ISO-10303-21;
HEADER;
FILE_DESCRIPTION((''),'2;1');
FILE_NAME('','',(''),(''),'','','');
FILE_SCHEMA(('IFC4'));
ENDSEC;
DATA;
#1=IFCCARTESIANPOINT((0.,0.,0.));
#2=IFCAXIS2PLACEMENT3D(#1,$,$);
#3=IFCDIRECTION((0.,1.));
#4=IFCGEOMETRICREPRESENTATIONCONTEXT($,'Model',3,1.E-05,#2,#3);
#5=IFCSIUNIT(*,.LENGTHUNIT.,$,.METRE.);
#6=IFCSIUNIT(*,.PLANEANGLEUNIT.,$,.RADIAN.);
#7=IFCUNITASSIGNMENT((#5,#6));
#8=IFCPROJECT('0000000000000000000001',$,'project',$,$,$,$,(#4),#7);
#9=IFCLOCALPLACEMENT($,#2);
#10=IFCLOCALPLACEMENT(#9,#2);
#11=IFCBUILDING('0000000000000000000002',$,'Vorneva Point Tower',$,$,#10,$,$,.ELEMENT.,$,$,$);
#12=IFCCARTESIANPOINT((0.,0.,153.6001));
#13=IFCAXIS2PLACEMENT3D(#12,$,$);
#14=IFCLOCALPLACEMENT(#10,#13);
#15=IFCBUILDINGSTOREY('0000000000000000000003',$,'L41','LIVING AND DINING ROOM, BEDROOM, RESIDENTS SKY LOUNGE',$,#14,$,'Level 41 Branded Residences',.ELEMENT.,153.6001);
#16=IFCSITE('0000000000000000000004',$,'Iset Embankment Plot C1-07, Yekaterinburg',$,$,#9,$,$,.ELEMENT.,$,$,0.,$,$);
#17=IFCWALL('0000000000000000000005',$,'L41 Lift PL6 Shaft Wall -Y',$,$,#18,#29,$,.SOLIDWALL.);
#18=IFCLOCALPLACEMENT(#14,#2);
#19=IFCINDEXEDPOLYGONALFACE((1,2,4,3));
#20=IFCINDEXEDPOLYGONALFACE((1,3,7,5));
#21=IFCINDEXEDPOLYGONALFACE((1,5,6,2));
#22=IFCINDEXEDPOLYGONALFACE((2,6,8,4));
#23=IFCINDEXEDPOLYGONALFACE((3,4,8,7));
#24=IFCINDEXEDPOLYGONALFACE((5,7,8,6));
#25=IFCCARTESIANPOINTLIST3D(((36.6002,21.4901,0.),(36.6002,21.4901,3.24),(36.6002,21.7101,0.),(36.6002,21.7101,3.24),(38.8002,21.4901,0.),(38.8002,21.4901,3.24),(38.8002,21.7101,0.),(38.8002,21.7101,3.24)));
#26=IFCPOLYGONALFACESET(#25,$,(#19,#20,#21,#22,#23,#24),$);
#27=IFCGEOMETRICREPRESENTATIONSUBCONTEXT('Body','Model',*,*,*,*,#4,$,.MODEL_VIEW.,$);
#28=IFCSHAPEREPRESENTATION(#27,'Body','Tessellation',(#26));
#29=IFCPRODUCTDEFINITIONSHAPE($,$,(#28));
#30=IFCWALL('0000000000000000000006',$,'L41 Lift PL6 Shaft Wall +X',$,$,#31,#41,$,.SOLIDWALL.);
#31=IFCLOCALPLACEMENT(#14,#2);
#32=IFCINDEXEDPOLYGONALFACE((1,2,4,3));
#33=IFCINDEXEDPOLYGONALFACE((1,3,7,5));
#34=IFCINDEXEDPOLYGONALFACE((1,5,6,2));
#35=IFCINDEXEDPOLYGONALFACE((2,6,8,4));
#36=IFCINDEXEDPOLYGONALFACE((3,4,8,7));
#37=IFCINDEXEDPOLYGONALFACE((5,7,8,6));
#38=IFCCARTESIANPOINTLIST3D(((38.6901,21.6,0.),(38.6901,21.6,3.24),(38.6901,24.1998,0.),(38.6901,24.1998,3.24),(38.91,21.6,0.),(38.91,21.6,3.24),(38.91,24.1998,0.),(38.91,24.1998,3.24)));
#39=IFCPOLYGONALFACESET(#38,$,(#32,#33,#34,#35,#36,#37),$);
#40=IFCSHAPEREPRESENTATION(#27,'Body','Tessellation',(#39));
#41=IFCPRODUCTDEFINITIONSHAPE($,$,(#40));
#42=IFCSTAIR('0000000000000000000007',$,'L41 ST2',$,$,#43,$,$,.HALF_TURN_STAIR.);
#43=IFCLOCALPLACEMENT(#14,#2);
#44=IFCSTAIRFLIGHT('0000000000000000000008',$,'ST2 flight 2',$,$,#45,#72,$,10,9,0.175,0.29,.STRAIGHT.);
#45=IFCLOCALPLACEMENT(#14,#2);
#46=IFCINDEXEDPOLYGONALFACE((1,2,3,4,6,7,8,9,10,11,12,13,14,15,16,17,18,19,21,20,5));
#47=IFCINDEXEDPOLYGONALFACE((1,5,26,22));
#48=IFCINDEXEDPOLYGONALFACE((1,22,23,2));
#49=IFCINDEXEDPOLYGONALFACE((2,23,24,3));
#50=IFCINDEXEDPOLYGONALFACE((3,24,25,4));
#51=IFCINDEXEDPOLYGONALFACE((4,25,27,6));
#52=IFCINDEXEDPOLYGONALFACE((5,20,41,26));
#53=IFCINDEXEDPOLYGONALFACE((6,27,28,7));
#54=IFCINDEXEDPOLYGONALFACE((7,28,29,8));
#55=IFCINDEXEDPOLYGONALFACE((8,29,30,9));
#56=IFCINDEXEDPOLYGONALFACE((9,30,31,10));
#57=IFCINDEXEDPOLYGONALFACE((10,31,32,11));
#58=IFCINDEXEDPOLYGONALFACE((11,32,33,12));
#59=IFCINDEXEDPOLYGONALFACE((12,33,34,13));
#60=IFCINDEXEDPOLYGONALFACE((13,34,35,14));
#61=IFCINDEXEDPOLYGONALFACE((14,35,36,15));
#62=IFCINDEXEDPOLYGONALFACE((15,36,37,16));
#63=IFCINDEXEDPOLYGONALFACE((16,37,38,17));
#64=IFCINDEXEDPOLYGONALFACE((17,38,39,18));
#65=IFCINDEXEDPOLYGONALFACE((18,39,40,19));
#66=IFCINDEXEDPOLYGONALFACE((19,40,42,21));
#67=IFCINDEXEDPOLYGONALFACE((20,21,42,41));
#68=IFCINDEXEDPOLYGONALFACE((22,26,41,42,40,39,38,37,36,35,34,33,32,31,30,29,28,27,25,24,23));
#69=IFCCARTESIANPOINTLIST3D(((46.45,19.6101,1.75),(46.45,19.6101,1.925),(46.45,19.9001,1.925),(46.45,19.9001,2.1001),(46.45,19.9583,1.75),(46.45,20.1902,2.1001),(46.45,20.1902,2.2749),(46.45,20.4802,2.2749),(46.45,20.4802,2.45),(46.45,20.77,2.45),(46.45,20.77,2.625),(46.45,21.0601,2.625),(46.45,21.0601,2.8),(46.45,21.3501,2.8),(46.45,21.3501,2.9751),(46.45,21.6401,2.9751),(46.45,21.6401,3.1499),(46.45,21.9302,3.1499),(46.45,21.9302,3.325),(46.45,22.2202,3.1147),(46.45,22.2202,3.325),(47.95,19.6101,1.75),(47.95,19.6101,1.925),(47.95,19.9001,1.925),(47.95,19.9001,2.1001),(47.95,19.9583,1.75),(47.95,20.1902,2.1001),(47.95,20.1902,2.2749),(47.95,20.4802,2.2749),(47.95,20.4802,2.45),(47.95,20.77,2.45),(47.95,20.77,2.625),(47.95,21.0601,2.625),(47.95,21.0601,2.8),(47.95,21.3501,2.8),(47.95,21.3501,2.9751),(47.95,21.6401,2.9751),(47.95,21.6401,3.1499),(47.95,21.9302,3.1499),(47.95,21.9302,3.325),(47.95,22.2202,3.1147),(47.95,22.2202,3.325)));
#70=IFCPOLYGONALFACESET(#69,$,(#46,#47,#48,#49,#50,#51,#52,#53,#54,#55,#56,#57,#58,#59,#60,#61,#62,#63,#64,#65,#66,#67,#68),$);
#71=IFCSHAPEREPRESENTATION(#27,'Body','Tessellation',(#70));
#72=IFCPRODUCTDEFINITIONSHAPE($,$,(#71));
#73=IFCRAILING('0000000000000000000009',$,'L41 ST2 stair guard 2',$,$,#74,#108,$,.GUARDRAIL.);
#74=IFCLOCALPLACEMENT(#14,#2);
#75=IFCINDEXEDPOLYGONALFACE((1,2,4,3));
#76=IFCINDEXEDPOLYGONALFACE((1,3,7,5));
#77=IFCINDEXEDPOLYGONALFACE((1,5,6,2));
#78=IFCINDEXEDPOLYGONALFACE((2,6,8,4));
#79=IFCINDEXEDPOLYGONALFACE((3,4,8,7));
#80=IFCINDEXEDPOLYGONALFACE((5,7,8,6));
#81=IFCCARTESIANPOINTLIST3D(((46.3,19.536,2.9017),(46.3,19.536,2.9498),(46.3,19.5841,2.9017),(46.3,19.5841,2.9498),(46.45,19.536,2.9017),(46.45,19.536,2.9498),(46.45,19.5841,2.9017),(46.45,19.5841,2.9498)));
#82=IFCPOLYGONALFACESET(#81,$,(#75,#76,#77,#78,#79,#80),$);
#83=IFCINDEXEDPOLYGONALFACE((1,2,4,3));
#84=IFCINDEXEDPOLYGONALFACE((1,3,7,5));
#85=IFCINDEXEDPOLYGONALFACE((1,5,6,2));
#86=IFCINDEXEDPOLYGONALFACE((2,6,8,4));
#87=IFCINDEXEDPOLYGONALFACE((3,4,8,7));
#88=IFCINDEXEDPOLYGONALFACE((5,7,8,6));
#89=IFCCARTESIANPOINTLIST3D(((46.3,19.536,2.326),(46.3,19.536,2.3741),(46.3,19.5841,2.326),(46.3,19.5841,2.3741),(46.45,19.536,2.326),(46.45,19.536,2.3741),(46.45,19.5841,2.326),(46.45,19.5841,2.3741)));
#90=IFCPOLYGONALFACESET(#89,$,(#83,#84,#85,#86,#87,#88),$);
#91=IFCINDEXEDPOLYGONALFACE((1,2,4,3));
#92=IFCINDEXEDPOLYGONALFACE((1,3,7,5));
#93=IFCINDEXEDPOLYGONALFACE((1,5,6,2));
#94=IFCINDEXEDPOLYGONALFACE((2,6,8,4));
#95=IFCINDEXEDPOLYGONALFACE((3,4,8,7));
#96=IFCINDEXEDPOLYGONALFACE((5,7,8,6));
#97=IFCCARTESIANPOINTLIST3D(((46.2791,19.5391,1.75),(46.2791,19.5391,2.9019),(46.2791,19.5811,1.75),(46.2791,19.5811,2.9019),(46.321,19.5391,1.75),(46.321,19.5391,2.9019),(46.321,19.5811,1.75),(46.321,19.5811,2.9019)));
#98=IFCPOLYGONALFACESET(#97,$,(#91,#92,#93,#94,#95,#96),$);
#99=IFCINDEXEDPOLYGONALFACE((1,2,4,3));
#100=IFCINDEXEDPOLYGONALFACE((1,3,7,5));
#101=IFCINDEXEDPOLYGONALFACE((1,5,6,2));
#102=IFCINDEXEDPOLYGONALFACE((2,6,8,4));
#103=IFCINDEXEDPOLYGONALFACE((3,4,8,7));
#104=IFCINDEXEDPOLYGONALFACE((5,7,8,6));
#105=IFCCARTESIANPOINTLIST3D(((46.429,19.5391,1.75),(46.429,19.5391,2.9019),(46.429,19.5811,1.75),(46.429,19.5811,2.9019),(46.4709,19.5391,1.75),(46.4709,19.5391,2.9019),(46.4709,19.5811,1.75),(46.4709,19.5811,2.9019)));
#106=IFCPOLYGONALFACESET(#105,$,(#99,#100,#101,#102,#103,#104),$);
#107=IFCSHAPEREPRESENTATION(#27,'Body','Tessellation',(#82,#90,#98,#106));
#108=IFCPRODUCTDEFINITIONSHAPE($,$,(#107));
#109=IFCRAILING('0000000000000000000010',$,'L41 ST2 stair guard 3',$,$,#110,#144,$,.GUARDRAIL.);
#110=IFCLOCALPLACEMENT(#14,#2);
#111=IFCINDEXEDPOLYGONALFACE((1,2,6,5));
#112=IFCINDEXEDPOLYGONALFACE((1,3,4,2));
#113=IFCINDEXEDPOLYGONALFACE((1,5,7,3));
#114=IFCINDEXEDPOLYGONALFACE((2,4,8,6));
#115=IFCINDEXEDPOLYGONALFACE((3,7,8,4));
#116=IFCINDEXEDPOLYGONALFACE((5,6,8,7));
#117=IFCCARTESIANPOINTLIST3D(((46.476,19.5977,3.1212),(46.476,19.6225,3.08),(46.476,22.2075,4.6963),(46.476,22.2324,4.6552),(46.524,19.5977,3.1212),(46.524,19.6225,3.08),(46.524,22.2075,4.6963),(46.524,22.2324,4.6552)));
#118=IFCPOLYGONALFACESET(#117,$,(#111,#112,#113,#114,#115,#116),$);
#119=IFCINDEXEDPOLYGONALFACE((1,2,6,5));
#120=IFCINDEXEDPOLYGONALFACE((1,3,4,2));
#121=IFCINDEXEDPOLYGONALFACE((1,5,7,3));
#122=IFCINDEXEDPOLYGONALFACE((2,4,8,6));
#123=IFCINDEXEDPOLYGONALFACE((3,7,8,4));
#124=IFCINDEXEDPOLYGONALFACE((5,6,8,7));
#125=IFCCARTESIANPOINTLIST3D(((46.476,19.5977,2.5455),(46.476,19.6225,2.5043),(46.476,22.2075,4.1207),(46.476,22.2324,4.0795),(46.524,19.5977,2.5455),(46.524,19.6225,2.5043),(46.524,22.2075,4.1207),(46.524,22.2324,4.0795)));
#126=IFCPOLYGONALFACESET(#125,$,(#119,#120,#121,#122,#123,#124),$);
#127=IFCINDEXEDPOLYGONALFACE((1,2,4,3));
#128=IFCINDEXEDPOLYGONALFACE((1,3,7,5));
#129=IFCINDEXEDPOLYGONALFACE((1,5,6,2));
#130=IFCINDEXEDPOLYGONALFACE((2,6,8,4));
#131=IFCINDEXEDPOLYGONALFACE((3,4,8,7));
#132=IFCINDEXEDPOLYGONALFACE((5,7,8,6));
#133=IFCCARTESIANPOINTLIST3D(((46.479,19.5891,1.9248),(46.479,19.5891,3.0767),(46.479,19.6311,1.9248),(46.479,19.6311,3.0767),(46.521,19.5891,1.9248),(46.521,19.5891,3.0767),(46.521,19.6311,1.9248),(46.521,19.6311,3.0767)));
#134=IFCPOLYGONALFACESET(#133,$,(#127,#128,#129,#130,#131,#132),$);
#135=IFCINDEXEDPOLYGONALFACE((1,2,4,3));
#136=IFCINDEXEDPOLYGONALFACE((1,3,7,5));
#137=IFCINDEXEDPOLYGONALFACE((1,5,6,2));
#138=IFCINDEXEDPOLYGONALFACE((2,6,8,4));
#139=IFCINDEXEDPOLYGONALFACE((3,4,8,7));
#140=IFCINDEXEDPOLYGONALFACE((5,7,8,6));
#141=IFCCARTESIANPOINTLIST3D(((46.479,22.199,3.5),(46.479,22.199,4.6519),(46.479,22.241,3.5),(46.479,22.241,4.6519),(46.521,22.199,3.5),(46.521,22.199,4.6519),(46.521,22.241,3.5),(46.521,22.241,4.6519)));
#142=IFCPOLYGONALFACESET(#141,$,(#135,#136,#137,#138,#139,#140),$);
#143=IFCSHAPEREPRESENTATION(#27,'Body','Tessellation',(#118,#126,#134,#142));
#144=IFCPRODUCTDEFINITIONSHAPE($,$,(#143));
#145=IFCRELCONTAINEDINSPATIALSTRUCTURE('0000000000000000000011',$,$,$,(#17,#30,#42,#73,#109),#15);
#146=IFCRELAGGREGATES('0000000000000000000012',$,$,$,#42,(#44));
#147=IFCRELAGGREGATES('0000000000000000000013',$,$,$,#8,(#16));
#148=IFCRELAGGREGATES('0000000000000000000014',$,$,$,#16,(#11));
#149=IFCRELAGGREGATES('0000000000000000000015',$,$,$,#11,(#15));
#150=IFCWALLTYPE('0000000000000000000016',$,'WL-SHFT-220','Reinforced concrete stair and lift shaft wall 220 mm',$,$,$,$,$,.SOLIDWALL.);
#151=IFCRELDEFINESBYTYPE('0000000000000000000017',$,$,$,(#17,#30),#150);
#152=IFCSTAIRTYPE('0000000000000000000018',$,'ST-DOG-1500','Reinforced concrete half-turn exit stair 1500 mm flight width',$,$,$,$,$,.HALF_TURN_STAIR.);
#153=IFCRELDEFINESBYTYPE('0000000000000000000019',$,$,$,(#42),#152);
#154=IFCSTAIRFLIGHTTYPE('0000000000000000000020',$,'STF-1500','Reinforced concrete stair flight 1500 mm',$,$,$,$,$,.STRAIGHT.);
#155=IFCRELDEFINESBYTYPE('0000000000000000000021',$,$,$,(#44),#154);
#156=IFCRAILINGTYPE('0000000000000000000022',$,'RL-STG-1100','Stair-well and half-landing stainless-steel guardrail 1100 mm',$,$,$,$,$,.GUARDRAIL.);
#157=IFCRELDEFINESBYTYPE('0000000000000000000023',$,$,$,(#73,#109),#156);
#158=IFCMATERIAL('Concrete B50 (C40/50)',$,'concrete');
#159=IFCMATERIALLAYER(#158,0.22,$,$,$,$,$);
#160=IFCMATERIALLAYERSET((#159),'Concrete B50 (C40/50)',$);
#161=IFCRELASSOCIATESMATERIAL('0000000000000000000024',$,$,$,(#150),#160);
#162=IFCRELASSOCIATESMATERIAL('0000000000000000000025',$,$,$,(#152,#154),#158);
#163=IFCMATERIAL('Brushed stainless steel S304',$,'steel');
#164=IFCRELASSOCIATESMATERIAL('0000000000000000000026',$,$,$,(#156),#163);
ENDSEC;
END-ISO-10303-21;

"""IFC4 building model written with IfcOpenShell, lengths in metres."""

from ifc_helpers import new_model, si_unit, direction, frame, frame_2d, origin, origin_2d, place, context, subcontext, project, spatial, polyline, rectangle, outline, extrude, material, layer, layer_set, type_object, element, aggregate, save


model = new_model("IFC4")

# Units and contexts
model_context = context("Model", 3, precision=1e-05, world=origin(), true_north=direction((0.0, 1.0)))
body_context = subcontext(model_context, "Body", "Model", "MODEL_VIEW")
ifc_project = project(units=[si_unit("LENGTHUNIT", "METRE"), si_unit("PLANEANGLEUNIT", "RADIAN")], contexts=[model_context])

# Site, building, storey
site_placement = place(None, origin())
site = spatial("IfcSite", under=ifc_project, at=site_placement, Name="Iset Embankment Plot C1-07, Yekaterinburg", CompositionType="ELEMENT", RefElevation=0.0)
building_placement = place(site_placement, origin())
building = spatial("IfcBuilding", under=site, at=building_placement, Name="Vorneva Point Tower", CompositionType="ELEMENT")
storey_placement = place(building_placement, frame((0.0, 0.0, 153.6001)))
storey = spatial("IfcBuildingStorey", under=building, at=storey_placement, Name="L41", Description="LIVING AND DINING ROOM, BEDROOM, RESIDENTS SKY LOUNGE", LongName="Level 41 Branded Residences", CompositionType="ELEMENT", Elevation=153.6001)

# Walls
ifc_material_1 = material(Name="Concrete B50 (C40/50)", Category="concrete")
ifc_layer_1 = layer(ifc_material_1, 0.22)
ifc_layer_set_1 = layer_set([ifc_layer_1], Name="Concrete B50 (C40/50)")
wall_type_1 = type_object("IfcWallType", Name="WL-SHFT-220", Description="Reinforced concrete stair and lift shaft wall 220 mm", PredefinedType="SOLIDWALL", material=ifc_layer_set_1)
wall_1_placement = place(storey_placement, frame((36.6001, 21.6001, 0.0), z_axis=(0.0, 0.0, 1.0), x_axis=(1.0, 0.0, 0.0)))
element("IfcWall", 1, at=wall_1_placement, inside=storey, type_object=wall_type_1, Name="L41 Lift PL6 Shaft Wall -Y", PredefinedType="SOLIDWALL", context=body_context, shape_type="SweptSolid", body=[
    extrude(rectangle(XDim=2.2, YDim=0.22, at=frame_2d((1.1001, 0.0))), origin(), (0.0, 0.0, 1.0), 3.24),
])
wall_2_placement = place(storey_placement, frame((38.8, 21.6001, 0.0), z_axis=(0.0, 0.0, 1.0), x_axis=(0.0, 1.0, 0.0)))
element("IfcWall", 2, at=wall_2_placement, inside=storey, type_object=wall_type_1, Name="L41 Lift PL6 Shaft Wall +X", PredefinedType="SOLIDWALL", context=body_context, shape_type="SweptSolid", body=[
    extrude(rectangle(XDim=2.5999, YDim=0.22, at=frame_2d((1.2998, 0.0))), origin(), (0.0, 0.0, 1.0), 3.24),
])

# Stair, stair flight
stair_type = type_object("IfcStairType", Name="ST-DOG-1500", Description="Reinforced concrete half-turn exit stair 1500 mm flight width", PredefinedType="HALF_TURN_STAIR", material=ifc_material_1)
stair_placement = place(storey_placement, origin())
stair = element("IfcStair", 3, at=stair_placement, inside=storey, type_object=stair_type, Name="L41 ST2", PredefinedType="HALF_TURN_STAIR")
stair_flight_type = type_object("IfcStairFlightType", Name="STF-1500", Description="Reinforced concrete stair flight 1500 mm", PredefinedType="STRAIGHT", material=ifc_material_1)
stair_flight_placement = place(storey_placement, frame((47.2, 19.6101, 1.75), z_axis=(0.0, 0.0, 1.0), x_axis=(0.0, 1.0, 0.0)))
stair_flight = element("IfcStairFlight", 4, at=stair_flight_placement, type_object=stair_flight_type, Name="ST2 flight 2", NumberOfRisers=10, NumberOfTreads=9, PredefinedType="STRAIGHT", RiserHeight=0.175, TreadLength=0.29, context=body_context, shape_type="SweptSolid", body=[
    extrude(outline(polyline([(0.0, 0.0), (0.0, 0.175), (0.29, 0.175), (0.29, 0.3501), (0.5801, 0.3501), (0.5801, 0.5249), (0.8701, 0.5249), (0.8701, 0.7), (1.1599, 0.7), (1.1599, 0.875), (1.45, 0.875), (1.45, 1.05), (1.74, 1.05), (1.74, 1.2251), (2.03, 1.2251), (2.03, 1.3999), (2.3201, 1.3999), (2.3201, 1.575), (2.6101, 1.575), (2.6101, 1.75), (2.6101, 1.3647), (0.3481, 0.0), (0.0, 0.0)])), frame((0.0, 0.75, 0.0), z_axis=(0.0, -1.0, 0.0), x_axis=(1.0, 0.0, 0.0)), (0.0, 0.0, 1.0), 1.5),
])
aggregate(stair, [stair_flight])

# Railings
ifc_material_2 = material(Name="Brushed stainless steel S304", Category="steel")
railing_type = type_object("IfcRailingType", Name="RL-STG-1100", Description="Stair-well and half-landing stainless-steel guardrail 1100 mm", PredefinedType="GUARDRAIL", material=ifc_material_2)
railing_1_placement = place(storey_placement, frame((46.3, 19.5601, 1.75)))
element("IfcRailing", 5, at=railing_1_placement, inside=storey, type_object=railing_type, Name="L41 ST2 stair guard 2", PredefinedType="GUARDRAIL", context=body_context, shape_type="SweptSolid", body=[
    extrude(rectangle(XDim=0.0481, YDim=0.0481, at=origin_2d()), frame((0.0, 0.0, 1.1758), z_axis=(1.0, 0.0, 0.0), x_axis=(0.0, 1.0, 0.0)), (0.0, 0.0, 1.0), 0.1499),
    extrude(rectangle(XDim=0.0481, YDim=0.0481, at=origin_2d()), frame((0.0, 0.0, 0.6001), z_axis=(1.0, 0.0, 0.0), x_axis=(0.0, 1.0, 0.0)), (0.0, 0.0, 1.0), 0.1499),
    extrude(rectangle(XDim=0.042, YDim=0.042, at=origin_2d()), origin(), (0.0, 0.0, 1.0), 1.1519),
    extrude(rectangle(XDim=0.042, YDim=0.042, at=origin_2d()), frame((0.1499, 0.0, 0.0)), (0.0, 0.0, 1.0), 1.1519),
])
railing_2_placement = place(storey_placement, frame((46.5, 19.6101, 1.9248)))
element("IfcRailing", 6, at=railing_2_placement, inside=storey, type_object=railing_type, Name="L41 ST2 stair guard 3", PredefinedType="GUARDRAIL", context=body_context, shape_type="SweptSolid", body=[
    extrude(rectangle(XDim=0.0481, YDim=0.0481, at=origin_2d()), frame((0.0, 0.0, 1.1758), z_axis=(0.0, 0.856147, 0.516732), x_axis=(-1.0, 0.0, 0.0)), (0.0, 0.0, 1.0), 3.0483),
    extrude(rectangle(XDim=0.0481, YDim=0.0481, at=origin_2d()), frame((0.0, 0.0, 0.6001), z_axis=(0.0, 0.856147, 0.516732), x_axis=(-1.0, 0.0, 0.0)), (0.0, 0.0, 1.0), 3.0483),
    extrude(rectangle(XDim=0.042, YDim=0.042, at=origin_2d()), origin(), (0.0, 0.0, 1.0), 1.1519),
    extrude(rectangle(XDim=0.042, YDim=0.042, at=origin_2d()), frame((0.0, 2.6099, 1.5752)), (0.0, 0.0, 1.0), 1.1519),
])

save(model, "model.ifc")
